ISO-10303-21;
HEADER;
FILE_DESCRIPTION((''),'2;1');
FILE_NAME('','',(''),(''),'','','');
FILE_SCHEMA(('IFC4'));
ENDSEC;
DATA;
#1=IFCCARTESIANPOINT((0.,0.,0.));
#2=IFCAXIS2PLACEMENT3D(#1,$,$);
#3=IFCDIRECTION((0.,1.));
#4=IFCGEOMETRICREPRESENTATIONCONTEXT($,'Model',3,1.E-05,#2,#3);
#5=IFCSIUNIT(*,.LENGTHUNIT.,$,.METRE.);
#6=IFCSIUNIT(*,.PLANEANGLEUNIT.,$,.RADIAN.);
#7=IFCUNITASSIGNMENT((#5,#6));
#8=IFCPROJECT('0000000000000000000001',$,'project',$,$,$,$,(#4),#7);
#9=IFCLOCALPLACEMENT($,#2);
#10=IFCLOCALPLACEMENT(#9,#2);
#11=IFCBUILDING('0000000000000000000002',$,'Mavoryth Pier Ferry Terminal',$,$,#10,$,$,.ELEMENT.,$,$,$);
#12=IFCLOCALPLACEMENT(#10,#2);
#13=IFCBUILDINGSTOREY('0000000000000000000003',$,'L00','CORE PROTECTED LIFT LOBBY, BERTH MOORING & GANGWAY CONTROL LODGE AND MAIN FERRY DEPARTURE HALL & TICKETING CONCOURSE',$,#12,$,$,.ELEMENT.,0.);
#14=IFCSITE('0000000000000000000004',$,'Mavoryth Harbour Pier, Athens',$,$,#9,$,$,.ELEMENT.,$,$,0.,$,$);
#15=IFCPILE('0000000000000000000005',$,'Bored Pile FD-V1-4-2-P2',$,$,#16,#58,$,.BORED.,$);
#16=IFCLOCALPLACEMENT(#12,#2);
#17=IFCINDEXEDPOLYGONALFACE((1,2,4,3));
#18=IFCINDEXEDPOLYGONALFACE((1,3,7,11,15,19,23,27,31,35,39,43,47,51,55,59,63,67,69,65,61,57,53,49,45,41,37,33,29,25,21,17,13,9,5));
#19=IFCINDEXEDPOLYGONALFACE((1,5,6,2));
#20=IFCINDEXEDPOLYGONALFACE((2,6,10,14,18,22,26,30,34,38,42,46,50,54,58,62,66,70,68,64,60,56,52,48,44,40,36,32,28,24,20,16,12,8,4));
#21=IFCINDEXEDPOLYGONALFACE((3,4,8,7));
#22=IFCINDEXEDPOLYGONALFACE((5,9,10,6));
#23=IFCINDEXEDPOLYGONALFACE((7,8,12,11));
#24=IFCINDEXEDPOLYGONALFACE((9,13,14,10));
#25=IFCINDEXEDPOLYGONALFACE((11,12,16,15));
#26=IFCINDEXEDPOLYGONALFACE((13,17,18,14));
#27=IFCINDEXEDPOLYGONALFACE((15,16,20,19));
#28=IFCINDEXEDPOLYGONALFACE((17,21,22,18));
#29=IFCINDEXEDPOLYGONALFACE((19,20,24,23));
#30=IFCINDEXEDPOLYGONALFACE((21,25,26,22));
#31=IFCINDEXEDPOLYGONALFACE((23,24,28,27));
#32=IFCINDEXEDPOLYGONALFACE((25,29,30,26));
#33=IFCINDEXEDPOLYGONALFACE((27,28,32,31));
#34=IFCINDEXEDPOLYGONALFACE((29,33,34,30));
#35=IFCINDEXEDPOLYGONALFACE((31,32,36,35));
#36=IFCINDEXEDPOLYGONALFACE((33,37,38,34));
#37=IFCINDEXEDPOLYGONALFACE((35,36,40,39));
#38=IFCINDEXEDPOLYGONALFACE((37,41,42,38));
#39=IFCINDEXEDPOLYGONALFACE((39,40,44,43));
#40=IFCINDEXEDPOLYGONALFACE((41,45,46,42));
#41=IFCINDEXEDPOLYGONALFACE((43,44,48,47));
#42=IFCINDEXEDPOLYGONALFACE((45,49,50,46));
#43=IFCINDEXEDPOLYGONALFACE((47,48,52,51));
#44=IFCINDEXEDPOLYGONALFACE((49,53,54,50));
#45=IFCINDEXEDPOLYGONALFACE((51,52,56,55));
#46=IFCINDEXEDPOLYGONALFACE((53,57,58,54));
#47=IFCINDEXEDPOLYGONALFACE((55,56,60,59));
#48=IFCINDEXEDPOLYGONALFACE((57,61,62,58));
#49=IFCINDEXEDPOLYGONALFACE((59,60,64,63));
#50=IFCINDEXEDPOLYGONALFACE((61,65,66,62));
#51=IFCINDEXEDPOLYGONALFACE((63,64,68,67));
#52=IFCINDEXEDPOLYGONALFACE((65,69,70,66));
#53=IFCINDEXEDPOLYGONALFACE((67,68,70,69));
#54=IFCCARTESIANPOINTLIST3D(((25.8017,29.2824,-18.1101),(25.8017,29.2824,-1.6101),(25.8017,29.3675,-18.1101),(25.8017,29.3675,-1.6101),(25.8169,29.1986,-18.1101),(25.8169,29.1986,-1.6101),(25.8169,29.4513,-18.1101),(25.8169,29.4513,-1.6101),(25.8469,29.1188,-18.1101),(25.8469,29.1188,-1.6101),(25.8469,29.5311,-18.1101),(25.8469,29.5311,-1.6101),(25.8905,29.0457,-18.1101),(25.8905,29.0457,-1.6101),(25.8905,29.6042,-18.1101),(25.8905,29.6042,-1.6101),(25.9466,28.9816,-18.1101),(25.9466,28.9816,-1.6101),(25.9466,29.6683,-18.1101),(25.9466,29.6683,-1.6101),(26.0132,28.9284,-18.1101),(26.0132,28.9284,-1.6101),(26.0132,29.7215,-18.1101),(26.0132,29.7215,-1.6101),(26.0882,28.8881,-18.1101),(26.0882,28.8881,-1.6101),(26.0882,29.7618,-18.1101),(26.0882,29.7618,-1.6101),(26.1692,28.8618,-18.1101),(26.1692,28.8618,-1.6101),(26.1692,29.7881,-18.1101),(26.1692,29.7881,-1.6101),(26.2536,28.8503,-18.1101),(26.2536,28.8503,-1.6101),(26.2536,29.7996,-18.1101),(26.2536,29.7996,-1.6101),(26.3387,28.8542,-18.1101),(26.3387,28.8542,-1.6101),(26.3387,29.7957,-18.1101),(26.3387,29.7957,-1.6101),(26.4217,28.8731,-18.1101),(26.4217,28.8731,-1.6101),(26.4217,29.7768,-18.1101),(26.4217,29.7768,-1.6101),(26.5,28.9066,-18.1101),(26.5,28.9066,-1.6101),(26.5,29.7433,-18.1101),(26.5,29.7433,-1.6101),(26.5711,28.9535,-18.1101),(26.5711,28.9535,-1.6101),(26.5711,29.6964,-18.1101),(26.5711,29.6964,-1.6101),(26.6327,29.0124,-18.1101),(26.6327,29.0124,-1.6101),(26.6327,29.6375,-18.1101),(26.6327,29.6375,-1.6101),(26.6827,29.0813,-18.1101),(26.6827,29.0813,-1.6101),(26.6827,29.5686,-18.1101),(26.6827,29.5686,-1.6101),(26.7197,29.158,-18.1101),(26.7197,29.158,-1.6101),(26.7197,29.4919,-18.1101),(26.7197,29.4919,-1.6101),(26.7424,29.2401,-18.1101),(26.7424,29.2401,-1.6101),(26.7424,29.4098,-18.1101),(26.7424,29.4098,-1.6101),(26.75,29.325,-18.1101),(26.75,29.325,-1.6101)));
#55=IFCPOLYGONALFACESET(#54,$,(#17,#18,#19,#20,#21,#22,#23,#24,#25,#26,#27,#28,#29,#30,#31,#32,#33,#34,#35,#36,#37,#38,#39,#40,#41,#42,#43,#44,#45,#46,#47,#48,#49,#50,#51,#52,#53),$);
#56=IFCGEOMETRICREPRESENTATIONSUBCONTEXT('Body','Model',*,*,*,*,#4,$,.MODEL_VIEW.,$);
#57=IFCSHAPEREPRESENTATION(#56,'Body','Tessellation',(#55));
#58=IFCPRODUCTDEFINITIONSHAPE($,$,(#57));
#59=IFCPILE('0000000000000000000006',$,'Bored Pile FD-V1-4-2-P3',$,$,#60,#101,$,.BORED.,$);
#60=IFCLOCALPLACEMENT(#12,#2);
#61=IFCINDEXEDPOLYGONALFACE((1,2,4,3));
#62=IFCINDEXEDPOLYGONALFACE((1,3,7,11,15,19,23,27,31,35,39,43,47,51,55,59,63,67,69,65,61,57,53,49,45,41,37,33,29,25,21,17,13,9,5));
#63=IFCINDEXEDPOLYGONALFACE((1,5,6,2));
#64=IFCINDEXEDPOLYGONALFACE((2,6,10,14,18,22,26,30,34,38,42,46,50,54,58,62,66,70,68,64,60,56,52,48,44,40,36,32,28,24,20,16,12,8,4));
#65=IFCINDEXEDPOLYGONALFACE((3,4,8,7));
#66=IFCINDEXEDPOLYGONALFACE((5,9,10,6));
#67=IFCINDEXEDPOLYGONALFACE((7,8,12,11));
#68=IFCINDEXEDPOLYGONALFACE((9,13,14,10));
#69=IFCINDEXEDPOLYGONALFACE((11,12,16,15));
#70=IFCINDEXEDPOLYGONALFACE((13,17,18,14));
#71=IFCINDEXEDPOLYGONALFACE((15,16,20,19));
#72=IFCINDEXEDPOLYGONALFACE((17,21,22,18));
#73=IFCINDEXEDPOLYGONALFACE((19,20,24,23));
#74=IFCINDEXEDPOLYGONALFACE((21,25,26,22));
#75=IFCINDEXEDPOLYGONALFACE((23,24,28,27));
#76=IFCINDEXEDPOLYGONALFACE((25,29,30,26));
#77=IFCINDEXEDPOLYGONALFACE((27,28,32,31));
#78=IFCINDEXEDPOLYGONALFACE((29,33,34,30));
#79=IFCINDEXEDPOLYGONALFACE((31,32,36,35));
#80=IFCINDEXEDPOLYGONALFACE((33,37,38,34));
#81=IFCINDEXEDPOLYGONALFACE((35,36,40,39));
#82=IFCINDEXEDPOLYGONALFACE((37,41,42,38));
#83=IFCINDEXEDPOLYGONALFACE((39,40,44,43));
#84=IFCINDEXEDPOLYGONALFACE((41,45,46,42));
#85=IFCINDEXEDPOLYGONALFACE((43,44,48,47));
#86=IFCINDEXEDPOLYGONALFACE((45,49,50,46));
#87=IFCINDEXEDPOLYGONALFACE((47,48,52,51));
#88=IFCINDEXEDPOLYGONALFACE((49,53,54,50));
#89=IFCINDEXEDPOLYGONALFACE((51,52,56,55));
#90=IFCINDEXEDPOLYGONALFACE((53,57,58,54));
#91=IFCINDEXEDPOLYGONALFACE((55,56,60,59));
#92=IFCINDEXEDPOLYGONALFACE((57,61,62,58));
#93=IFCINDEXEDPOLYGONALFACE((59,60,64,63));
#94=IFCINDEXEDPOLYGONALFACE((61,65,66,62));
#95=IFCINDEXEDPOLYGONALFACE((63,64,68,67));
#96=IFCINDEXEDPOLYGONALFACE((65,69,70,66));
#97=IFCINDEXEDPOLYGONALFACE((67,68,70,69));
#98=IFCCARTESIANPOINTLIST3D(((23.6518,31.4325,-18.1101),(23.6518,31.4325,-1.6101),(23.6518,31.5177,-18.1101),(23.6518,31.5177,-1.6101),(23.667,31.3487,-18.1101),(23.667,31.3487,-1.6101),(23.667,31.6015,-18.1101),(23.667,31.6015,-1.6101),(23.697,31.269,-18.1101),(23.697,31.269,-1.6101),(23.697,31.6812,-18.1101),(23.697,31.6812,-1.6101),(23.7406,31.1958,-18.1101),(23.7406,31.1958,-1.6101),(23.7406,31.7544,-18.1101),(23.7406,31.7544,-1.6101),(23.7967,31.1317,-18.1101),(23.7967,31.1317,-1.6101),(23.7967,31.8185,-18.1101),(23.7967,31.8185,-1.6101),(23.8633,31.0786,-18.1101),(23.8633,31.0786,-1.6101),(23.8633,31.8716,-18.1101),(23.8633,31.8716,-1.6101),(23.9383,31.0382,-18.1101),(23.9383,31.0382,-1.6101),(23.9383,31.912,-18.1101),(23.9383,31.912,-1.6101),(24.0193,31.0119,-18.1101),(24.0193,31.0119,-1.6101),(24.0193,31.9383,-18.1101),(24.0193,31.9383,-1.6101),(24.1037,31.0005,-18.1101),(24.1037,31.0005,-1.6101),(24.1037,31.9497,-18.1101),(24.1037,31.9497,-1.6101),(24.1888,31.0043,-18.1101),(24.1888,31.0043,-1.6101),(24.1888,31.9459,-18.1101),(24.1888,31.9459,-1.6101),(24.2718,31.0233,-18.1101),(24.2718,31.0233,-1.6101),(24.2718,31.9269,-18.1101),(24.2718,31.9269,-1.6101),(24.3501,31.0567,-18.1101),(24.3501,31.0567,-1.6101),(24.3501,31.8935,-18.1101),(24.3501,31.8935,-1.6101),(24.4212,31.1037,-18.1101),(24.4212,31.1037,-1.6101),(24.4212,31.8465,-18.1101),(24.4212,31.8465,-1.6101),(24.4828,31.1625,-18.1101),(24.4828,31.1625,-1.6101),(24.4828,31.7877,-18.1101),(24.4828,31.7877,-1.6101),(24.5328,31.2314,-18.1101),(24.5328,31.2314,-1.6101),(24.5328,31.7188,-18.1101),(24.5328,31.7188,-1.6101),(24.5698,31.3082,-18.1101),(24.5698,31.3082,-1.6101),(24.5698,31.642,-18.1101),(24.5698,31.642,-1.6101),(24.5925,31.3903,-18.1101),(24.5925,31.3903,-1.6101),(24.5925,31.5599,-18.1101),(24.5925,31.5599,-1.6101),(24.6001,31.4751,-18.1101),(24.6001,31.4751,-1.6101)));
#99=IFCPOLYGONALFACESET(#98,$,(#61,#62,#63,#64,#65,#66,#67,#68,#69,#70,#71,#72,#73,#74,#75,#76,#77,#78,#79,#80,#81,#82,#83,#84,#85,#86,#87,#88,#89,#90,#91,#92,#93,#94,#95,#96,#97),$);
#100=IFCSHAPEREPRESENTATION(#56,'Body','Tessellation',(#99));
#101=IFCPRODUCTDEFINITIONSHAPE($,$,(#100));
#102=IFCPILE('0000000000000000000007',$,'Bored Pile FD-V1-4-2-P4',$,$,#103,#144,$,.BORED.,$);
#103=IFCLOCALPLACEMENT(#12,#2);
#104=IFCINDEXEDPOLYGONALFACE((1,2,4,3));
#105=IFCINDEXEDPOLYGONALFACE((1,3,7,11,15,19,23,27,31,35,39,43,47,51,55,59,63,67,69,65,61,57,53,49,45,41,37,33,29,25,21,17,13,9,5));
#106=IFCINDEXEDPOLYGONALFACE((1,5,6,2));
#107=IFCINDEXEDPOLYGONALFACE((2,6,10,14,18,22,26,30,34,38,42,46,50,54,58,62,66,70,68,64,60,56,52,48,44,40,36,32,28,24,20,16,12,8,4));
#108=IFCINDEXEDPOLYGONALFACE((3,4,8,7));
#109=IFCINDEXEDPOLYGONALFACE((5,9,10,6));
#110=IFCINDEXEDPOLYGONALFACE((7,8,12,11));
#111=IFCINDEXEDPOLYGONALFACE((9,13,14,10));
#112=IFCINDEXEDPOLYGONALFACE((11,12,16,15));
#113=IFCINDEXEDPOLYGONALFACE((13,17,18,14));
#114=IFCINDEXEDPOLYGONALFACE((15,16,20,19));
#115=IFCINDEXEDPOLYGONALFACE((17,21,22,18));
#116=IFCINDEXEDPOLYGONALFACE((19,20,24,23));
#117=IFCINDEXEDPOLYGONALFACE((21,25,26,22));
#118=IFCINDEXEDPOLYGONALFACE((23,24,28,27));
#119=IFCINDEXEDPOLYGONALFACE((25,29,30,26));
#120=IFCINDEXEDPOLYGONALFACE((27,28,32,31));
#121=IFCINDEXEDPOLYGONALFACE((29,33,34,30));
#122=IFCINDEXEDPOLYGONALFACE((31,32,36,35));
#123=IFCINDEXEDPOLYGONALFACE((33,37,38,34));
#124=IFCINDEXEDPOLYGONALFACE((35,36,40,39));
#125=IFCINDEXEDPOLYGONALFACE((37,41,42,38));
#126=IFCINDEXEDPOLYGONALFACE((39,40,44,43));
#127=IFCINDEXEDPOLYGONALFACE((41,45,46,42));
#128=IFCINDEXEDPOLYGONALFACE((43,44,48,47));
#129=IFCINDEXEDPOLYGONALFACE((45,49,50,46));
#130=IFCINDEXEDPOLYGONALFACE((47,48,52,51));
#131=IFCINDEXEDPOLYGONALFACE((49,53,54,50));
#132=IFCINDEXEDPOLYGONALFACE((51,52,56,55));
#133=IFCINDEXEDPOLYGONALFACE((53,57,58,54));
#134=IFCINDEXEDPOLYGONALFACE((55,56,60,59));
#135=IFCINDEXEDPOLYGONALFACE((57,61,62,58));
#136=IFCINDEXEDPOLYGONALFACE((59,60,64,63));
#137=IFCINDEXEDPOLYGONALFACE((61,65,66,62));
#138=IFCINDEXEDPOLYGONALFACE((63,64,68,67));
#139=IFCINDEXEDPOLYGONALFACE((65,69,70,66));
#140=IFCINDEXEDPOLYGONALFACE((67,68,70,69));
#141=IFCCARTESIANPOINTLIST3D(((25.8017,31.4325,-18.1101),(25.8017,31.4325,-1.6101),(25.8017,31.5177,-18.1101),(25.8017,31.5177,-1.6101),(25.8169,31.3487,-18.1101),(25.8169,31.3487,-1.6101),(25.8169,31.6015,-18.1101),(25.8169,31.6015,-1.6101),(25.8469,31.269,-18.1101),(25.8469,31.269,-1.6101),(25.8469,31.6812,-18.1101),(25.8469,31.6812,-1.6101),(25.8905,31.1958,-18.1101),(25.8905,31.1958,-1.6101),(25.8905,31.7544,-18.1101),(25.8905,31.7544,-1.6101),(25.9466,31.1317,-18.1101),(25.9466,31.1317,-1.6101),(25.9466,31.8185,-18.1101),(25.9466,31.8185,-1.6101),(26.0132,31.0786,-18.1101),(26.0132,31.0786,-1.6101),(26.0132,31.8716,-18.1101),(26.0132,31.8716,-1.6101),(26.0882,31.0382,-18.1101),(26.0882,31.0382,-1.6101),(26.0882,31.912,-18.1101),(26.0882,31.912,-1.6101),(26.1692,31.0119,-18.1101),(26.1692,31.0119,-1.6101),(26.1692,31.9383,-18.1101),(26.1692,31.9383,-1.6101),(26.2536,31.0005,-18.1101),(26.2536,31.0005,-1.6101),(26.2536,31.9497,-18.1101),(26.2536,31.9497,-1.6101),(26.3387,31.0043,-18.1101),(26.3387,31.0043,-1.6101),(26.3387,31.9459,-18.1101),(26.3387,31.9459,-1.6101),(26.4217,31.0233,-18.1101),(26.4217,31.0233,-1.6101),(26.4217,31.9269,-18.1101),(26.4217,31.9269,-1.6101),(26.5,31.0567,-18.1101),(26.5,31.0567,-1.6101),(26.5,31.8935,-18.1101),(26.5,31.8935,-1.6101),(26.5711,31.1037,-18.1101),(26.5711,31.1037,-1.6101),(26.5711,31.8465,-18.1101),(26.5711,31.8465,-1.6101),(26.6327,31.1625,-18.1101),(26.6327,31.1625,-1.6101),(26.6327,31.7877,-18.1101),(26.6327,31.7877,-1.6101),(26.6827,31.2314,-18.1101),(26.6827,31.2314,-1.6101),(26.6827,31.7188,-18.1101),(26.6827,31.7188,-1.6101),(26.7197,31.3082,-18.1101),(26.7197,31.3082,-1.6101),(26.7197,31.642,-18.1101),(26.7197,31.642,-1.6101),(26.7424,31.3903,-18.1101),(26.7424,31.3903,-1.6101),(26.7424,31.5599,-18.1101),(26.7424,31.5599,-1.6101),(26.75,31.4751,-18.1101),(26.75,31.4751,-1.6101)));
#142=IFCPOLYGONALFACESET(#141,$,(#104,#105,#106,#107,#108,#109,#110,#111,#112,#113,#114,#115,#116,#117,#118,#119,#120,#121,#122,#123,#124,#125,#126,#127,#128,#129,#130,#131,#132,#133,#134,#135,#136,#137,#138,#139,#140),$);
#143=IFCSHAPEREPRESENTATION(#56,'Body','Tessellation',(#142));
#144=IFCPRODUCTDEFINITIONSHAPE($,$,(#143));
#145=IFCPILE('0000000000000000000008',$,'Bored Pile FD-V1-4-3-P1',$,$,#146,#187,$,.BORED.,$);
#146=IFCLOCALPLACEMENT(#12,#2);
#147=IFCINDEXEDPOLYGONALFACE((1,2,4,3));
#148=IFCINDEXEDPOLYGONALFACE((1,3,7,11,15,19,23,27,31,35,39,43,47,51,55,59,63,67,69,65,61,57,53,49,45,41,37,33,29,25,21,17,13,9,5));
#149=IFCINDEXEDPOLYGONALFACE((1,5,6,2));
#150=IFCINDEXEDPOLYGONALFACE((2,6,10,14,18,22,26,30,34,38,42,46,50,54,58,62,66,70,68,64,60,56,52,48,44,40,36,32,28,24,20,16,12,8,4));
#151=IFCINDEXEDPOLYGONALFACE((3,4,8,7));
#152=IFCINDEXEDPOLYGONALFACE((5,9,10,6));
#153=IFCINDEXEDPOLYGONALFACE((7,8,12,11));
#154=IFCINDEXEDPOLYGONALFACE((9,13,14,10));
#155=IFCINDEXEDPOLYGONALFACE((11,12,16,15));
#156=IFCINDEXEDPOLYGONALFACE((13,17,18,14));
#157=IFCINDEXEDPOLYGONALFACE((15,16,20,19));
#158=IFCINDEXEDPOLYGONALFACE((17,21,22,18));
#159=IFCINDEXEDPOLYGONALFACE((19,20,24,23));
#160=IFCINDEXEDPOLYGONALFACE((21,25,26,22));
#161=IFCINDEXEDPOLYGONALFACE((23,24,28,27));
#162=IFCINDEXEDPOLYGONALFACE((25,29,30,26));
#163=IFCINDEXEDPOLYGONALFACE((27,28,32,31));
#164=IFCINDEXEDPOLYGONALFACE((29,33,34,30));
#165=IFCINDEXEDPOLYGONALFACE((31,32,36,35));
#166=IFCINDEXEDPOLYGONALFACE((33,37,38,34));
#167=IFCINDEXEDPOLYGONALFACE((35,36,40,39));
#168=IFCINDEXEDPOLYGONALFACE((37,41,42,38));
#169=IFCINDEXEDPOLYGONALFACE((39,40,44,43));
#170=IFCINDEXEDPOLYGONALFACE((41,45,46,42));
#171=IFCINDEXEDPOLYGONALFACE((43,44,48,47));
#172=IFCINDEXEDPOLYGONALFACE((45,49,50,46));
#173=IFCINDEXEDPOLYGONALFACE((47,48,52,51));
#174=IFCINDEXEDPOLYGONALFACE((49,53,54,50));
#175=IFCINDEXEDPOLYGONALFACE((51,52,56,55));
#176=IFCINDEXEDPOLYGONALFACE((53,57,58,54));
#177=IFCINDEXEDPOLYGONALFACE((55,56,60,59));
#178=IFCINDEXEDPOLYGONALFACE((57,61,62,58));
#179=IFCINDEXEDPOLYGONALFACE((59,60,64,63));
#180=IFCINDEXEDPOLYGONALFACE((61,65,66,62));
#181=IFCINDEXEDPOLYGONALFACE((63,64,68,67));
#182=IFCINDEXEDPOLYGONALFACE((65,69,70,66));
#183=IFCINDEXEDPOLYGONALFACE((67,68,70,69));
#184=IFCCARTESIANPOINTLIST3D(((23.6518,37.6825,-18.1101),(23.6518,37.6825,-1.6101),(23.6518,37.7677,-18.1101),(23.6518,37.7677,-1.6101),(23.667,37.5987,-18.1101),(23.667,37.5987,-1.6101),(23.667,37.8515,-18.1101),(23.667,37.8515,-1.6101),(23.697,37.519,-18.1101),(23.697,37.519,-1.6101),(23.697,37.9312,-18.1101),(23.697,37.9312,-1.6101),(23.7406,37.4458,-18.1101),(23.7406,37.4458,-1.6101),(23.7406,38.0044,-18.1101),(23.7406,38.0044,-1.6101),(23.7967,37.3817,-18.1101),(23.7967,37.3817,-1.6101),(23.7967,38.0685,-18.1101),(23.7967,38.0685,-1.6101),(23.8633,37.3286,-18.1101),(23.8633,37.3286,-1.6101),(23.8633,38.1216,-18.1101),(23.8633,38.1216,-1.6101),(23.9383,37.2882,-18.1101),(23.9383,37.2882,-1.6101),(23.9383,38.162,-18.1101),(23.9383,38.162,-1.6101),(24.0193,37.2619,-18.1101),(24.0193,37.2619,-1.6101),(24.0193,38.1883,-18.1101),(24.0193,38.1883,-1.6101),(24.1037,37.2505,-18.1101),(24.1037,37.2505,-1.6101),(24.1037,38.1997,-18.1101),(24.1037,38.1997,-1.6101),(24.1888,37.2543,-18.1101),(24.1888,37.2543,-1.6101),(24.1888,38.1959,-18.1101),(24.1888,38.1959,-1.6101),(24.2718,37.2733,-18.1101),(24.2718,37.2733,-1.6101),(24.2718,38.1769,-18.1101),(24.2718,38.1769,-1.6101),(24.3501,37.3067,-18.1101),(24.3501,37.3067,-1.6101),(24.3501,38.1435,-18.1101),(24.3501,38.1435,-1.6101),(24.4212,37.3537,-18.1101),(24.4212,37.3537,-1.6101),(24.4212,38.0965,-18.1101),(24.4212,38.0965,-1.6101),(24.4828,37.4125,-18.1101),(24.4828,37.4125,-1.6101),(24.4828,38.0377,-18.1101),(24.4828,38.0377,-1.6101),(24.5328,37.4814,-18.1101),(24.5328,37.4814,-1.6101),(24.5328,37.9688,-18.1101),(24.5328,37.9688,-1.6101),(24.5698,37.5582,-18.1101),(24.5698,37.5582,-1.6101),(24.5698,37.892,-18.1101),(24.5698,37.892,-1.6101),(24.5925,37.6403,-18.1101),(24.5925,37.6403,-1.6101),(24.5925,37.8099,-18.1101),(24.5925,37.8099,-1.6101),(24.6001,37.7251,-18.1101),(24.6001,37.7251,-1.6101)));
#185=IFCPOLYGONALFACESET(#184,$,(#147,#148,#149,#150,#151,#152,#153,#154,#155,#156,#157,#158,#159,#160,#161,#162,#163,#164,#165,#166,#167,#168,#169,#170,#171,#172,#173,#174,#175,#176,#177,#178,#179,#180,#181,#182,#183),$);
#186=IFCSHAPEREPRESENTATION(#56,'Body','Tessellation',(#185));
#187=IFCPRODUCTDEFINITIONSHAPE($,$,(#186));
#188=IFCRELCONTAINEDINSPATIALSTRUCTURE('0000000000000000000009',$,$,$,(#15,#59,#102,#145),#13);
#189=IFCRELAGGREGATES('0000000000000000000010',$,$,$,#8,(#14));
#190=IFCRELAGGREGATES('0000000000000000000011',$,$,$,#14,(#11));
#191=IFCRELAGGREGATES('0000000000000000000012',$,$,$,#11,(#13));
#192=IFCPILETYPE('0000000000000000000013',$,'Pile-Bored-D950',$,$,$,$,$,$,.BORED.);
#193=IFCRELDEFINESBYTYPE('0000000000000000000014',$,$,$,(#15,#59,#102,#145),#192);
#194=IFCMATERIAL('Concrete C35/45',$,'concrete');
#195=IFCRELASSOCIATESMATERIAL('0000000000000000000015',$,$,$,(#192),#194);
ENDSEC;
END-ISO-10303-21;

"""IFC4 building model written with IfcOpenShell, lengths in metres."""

from ifc_helpers import new_model, si_unit, direction, frame, origin, origin_2d, place, context, subcontext, project, spatial, circle, extrude, material, material_profile, profile_set, type_object, element, save


model = new_model("IFC4")

# Units and contexts
model_context = context("Model", 3, precision=1e-05, world=origin(), true_north=direction((0.0, 1.0)))
body_context = subcontext(model_context, "Body", "Model", "MODEL_VIEW")
ifc_project = project(units=[si_unit("LENGTHUNIT", "METRE"), si_unit("PLANEANGLEUNIT", "RADIAN")], contexts=[model_context])

# Site, building, storey
site_placement = place(None, origin())
site = spatial("IfcSite", under=ifc_project, at=site_placement, Name="Mavoryth Harbour Pier, Athens", CompositionType="ELEMENT", RefElevation=0.0)
building_placement = place(site_placement, origin())
building = spatial("IfcBuilding", under=site, at=building_placement, Name="Mavoryth Pier Ferry Terminal", CompositionType="ELEMENT")
storey_placement = place(building_placement, origin())
storey = spatial("IfcBuildingStorey", under=building, at=storey_placement, Name="L00", Description="CORE PROTECTED LIFT LOBBY, BERTH MOORING & GANGWAY CONTROL LODGE AND MAIN FERRY DEPARTURE HALL & TICKETING CONCOURSE", CompositionType="ELEMENT", Elevation=0.0)

# Shared definitions
ifc_material_1 = material(Name="Concrete C35/45", Category="concrete")

# Piles
ifc_material_profile_1 = material_profile(ifc_material_1, circle(Radius=0.4751, at=origin_2d()), Name="PILE D950", Category="concrete")
ifc_profile_set_1 = profile_set([ifc_material_profile_1], Name="Concrete C35/45 - PILE D950")
pile_type_1 = type_object("IfcPileType", Name="Pile-Bored-D950", PredefinedType="BORED", material=ifc_profile_set_1)
for number, where, z_axis, x_axis, name in (
    (1, (26.2749, 29.325, -1.6101), (0.0, 0.0, -1.0), (1.0, 0.0, 0.0), "Bored Pile FD-V1-4-2-P2"),
    (2, (24.125, 31.4751, -1.6101), (0.0, 0.0, -1.0), (1.0, 0.0, 0.0), "Bored Pile FD-V1-4-2-P3"),
    (3, (26.2749, 31.4751, -1.6101), (0.0, 0.0, -1.0), (1.0, 0.0, 0.0), "Bored Pile FD-V1-4-2-P4"),
    (4, (24.125, 37.7251, -1.6101), (0.0, 0.0, -1.0), (1.0, 0.0, 0.0), "Bored Pile FD-V1-4-3-P1"),
):
    element("IfcPile", number, at=place(storey_placement, frame(where, z_axis=z_axis, x_axis=x_axis)), inside=storey, type_object=pile_type_1, Name=name, PredefinedType="BORED", context=body_context, shape_type="SweptSolid", body=[
        extrude(circle(Radius=0.4751, at=origin_2d()), origin(), (0.0, 0.0, 1.0), 16.5),
    ])

save(model, "model.ifc")
